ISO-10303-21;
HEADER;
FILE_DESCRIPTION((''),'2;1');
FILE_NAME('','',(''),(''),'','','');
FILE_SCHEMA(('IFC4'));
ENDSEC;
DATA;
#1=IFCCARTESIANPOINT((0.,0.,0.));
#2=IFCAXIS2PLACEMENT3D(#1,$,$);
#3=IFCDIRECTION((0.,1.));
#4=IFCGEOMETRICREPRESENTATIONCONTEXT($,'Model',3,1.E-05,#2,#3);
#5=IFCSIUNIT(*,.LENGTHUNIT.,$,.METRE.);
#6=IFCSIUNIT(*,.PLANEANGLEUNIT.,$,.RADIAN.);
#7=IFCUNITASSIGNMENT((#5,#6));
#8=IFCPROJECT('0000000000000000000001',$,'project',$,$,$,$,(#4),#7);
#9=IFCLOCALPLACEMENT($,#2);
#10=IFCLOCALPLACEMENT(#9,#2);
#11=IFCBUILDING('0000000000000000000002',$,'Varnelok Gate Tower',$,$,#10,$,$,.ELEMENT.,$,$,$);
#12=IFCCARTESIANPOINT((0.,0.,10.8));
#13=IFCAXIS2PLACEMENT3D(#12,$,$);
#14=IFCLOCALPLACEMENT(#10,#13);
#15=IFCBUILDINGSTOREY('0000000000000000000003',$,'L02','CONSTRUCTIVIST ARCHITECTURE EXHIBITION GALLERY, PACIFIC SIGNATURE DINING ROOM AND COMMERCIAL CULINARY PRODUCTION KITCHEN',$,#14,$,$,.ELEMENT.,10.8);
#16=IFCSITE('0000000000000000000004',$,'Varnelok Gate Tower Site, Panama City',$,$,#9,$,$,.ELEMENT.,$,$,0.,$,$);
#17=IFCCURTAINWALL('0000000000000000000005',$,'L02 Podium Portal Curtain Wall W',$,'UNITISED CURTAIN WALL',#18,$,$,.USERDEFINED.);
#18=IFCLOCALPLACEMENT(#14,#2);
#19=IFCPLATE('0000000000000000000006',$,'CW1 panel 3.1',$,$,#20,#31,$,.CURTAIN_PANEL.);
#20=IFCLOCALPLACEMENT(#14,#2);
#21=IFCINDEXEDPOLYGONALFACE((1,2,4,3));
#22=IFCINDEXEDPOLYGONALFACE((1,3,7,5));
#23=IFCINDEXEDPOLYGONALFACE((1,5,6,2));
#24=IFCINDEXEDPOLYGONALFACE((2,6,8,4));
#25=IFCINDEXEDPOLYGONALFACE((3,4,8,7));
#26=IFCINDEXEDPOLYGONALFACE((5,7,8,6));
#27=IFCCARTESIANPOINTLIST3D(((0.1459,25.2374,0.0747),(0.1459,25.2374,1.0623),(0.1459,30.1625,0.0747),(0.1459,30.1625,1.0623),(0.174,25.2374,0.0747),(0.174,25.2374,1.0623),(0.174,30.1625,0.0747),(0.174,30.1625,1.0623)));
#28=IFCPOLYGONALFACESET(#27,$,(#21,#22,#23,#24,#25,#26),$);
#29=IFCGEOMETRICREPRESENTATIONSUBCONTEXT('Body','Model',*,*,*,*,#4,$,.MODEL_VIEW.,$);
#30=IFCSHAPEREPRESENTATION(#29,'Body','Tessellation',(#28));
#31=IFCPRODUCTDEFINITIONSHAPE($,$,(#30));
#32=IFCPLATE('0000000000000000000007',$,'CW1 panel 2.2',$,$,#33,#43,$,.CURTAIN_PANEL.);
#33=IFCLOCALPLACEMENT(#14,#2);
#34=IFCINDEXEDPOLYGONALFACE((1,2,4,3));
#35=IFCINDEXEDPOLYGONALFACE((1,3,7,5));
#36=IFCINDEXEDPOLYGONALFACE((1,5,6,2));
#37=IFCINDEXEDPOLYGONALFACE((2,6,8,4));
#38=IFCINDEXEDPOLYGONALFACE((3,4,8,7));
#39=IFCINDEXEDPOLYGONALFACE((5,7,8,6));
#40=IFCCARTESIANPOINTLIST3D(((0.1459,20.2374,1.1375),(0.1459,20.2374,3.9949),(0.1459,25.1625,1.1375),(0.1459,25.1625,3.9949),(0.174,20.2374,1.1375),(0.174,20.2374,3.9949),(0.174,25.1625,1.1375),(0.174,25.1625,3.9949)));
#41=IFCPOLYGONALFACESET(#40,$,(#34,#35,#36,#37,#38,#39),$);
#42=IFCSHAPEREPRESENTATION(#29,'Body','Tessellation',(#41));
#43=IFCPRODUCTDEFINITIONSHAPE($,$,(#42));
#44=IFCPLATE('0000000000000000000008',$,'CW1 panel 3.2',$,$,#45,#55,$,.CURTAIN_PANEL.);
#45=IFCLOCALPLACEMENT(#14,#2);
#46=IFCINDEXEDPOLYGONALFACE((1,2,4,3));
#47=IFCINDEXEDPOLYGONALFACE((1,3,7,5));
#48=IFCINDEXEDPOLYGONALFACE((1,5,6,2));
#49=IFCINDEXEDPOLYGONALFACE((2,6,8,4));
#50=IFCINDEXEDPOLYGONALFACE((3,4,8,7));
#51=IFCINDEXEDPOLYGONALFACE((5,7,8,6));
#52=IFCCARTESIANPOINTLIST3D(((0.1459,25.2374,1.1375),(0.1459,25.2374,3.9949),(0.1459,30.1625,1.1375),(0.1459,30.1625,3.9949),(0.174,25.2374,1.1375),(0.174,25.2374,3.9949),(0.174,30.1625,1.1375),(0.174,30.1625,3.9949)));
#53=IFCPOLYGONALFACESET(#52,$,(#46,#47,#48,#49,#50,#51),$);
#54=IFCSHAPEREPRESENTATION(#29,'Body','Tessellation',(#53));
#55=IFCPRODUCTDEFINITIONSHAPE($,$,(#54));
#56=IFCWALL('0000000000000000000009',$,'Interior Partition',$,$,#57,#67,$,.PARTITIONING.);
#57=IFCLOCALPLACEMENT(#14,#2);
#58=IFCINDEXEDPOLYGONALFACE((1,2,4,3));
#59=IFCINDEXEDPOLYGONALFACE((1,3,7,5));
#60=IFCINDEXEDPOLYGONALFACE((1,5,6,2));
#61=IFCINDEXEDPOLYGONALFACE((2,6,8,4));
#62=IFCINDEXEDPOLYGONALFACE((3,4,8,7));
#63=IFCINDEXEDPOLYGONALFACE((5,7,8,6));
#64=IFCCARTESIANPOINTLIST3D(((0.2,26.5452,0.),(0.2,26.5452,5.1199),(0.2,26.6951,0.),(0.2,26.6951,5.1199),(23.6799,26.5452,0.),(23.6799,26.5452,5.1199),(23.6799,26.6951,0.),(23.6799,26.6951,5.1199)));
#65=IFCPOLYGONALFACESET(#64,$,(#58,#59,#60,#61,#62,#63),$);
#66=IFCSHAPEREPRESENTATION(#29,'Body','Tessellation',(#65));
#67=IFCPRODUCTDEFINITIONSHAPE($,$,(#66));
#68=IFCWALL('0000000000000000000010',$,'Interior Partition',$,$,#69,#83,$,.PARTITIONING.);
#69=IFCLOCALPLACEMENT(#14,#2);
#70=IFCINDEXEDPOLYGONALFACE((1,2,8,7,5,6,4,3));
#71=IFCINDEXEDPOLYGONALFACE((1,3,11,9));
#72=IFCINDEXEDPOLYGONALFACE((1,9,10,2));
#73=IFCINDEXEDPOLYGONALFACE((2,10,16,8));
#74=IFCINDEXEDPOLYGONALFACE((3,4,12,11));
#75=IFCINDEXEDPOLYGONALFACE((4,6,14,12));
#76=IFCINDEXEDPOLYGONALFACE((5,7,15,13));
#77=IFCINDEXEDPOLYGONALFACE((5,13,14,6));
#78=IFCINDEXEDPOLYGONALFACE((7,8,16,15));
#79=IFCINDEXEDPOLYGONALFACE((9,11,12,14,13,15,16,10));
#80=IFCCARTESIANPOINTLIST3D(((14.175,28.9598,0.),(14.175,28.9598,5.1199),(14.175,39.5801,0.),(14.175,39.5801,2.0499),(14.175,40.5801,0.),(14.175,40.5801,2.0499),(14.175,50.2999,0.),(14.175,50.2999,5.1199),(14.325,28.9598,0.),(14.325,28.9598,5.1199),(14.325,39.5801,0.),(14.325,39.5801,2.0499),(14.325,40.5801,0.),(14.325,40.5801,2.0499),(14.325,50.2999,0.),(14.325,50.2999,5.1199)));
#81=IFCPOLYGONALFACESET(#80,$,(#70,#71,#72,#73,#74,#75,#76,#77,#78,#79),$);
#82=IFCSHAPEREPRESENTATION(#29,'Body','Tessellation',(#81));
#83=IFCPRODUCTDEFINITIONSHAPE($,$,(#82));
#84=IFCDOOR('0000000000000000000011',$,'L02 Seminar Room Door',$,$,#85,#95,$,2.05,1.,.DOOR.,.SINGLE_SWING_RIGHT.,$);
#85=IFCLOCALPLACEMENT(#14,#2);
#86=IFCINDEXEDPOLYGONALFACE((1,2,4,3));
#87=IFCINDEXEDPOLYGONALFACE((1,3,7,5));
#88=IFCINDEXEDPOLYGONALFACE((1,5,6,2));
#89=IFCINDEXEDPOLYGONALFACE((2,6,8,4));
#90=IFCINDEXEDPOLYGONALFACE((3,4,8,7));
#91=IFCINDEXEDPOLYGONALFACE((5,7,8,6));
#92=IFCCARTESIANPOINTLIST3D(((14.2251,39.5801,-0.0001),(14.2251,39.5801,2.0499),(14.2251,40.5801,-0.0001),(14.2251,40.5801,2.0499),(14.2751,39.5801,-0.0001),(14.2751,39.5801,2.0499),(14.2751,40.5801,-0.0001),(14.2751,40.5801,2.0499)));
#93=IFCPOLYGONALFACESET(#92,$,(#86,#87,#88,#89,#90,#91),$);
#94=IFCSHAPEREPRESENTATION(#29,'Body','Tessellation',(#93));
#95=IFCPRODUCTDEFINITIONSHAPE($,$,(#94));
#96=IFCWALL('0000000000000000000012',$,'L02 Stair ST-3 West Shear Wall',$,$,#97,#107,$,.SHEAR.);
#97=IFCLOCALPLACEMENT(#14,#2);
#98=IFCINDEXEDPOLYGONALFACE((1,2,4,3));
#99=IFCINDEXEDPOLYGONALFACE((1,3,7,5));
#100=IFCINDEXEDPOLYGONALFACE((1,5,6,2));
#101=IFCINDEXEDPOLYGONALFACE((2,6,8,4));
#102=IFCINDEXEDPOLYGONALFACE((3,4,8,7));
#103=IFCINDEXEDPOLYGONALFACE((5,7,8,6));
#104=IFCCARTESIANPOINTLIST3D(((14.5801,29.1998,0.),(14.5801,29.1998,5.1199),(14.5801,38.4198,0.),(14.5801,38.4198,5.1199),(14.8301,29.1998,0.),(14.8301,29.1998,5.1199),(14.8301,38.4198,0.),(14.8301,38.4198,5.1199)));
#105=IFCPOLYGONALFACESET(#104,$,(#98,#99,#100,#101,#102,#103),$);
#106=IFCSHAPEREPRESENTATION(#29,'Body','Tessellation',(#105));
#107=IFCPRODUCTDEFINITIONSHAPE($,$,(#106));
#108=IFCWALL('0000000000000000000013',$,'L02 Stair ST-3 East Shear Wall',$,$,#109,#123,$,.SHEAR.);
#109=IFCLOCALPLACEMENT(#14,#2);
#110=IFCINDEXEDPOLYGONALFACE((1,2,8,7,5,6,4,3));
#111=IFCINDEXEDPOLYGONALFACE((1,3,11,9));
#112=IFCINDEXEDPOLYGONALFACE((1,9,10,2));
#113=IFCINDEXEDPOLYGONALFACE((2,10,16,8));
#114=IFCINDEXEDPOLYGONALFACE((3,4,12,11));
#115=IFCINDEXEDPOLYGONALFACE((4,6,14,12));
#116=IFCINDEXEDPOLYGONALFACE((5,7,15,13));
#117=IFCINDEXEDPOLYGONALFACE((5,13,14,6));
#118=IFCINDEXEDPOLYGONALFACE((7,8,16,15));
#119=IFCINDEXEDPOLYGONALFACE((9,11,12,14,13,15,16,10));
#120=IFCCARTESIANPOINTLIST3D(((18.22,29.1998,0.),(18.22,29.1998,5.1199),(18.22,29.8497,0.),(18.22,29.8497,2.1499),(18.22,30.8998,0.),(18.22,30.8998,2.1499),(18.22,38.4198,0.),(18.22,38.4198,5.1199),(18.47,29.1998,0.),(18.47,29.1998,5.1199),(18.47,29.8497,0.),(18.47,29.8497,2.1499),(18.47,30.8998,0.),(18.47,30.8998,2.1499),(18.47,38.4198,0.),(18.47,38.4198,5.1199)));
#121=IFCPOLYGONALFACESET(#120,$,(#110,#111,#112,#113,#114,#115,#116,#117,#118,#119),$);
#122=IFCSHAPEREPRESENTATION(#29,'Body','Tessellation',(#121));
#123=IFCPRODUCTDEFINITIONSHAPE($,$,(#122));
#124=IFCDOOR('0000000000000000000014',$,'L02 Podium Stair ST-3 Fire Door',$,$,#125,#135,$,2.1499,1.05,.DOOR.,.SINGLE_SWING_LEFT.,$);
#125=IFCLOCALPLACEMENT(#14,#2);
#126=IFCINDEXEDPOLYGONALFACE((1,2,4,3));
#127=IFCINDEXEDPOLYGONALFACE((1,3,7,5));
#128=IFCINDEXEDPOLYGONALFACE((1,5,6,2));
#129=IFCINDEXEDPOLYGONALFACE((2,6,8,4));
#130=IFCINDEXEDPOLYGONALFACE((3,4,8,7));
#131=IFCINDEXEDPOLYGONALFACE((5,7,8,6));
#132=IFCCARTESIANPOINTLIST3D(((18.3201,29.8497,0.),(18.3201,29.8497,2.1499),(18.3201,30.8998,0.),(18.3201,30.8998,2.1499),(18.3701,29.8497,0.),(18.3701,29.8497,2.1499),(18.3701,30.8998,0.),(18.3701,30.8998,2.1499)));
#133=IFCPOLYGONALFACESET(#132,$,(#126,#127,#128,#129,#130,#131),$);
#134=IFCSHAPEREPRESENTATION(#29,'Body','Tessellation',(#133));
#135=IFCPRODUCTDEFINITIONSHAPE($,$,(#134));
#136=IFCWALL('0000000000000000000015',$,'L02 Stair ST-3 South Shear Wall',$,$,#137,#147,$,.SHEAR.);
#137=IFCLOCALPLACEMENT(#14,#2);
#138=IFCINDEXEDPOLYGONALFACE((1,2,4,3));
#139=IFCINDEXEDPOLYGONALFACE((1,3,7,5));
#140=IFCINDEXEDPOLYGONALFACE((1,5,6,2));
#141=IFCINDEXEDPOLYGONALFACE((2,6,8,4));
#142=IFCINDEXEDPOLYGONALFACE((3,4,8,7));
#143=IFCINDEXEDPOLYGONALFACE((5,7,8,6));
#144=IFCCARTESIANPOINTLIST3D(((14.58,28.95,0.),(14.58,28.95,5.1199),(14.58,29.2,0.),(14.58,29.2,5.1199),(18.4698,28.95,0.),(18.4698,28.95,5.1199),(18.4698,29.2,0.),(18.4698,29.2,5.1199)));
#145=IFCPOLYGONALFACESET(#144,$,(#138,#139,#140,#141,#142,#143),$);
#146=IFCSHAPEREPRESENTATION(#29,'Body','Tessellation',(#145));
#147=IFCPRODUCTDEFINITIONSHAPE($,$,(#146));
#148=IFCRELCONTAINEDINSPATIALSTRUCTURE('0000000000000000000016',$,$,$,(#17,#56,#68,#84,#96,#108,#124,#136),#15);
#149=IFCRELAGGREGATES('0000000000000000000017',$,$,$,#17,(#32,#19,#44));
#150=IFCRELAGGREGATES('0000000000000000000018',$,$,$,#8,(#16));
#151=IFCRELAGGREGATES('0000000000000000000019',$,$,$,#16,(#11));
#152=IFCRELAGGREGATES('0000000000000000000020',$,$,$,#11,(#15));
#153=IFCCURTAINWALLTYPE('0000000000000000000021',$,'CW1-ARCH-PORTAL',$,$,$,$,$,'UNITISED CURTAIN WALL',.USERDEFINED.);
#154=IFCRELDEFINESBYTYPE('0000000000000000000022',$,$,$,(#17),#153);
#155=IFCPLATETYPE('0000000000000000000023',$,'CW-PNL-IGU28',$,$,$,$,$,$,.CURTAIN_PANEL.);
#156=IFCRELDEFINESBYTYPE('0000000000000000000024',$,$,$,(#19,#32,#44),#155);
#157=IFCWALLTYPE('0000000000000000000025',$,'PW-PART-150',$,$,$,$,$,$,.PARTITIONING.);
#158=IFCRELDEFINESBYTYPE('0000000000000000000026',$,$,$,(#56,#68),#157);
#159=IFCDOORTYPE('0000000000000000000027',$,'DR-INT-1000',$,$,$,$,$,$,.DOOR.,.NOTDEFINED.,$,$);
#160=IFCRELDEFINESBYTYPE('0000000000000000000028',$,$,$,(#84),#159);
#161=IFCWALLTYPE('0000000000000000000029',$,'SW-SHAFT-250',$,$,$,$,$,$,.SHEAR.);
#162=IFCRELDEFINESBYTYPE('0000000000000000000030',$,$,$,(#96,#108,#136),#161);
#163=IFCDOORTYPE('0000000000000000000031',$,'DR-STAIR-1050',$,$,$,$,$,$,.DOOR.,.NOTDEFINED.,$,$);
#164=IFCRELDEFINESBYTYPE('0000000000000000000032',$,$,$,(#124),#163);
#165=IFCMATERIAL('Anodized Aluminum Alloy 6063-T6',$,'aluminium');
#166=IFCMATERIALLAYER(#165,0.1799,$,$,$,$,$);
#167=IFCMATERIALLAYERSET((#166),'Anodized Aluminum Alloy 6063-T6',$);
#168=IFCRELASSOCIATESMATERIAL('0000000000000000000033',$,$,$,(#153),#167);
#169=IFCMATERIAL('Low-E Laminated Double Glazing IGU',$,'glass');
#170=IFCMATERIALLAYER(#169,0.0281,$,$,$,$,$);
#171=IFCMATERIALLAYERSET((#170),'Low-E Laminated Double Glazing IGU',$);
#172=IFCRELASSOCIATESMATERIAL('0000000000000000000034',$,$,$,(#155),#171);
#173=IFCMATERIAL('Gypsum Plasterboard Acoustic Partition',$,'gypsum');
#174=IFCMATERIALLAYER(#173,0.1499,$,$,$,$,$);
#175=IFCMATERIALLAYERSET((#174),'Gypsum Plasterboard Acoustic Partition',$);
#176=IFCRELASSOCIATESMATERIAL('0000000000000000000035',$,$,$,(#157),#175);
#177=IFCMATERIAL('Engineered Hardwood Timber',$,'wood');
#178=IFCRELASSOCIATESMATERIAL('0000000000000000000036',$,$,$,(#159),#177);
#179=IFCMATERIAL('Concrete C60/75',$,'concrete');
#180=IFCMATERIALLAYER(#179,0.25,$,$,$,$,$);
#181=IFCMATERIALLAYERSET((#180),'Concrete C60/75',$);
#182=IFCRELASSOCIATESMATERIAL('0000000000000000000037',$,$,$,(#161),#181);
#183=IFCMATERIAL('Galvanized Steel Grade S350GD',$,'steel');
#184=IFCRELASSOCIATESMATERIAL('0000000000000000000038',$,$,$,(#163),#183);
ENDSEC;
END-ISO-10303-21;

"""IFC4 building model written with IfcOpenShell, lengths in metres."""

from ifc_helpers import new_model, si_unit, direction, frame, frame_2d, origin, origin_2d, place, context, subcontext, project, spatial, rectangle, extrude, source, transform, mapped, material, layer, layer_set, type_object, element, fill, aggregate, save


model = new_model("IFC4")

# Units and contexts
model_context = context("Model", 3, precision=1e-05, world=origin(), true_north=direction((0.0, 1.0)))
body_context = subcontext(model_context, "Body", "Model", "MODEL_VIEW")
ifc_project = project(units=[si_unit("LENGTHUNIT", "METRE"), si_unit("PLANEANGLEUNIT", "RADIAN")], contexts=[model_context])

# Site, building, storey
site_placement = place(None, origin())
site = spatial("IfcSite", under=ifc_project, at=site_placement, Name="Varnelok Gate Tower Site, Panama City", CompositionType="ELEMENT", RefElevation=0.0)
building_placement = place(site_placement, origin())
building = spatial("IfcBuilding", under=site, at=building_placement, Name="Varnelok Gate Tower", CompositionType="ELEMENT")
storey_placement = place(building_placement, frame((0.0, 0.0, 10.8)))
storey = spatial("IfcBuildingStorey", under=building, at=storey_placement, Name="L02", Description="CONSTRUCTIVIST ARCHITECTURE EXHIBITION GALLERY, PACIFIC SIGNATURE DINING ROOM AND COMMERCIAL CULINARY PRODUCTION KITCHEN", CompositionType="ELEMENT", Elevation=10.8)

# Curtain wall, plates
ifc_material_1 = material(Name="Anodized Aluminum Alloy 6063-T6", Category="aluminium")
ifc_layer_1 = layer(ifc_material_1, 0.1799)
ifc_layer_set_1 = layer_set([ifc_layer_1], Name="Anodized Aluminum Alloy 6063-T6")
curtain_wall_type = type_object("IfcCurtainWallType", Name="CW1-ARCH-PORTAL", ElementType="UNITISED CURTAIN WALL", PredefinedType="USERDEFINED", material=ifc_layer_set_1)
curtain_wall_placement = place(storey_placement, origin())
curtain_wall = element("IfcCurtainWall", 1, at=curtain_wall_placement, inside=storey, type_object=curtain_wall_type, Name="L02 Podium Portal Curtain Wall W", ObjectType="UNITISED CURTAIN WALL", PredefinedType="USERDEFINED")
ifc_material_2 = material(Name="Low-E Laminated Double Glazing IGU", Category="glass")
ifc_layer_2 = layer(ifc_material_2, 0.0281)
ifc_layer_set_2 = layer_set([ifc_layer_2], Name="Low-E Laminated Double Glazing IGU")
plate_type = type_object("IfcPlateType", Name="CW-PNL-IGU28", PredefinedType="CURTAIN_PANEL", material=ifc_layer_set_2)
shared_shape_1 = source(origin(), body_context, "Body", "SweptSolid", [
    extrude(rectangle(XDim=4.925, YDim=0.0281, at=origin_2d()), origin(), (0.0, 0.0, 1.0), 0.9875),
])
plate_1_placement = place(storey_placement, frame((0.1599, 27.7, 0.0747), z_axis=(0.0, 0.0, 1.0), x_axis=(0.0, 1.0, 0.0)))
plate_1 = element("IfcPlate", 2, at=plate_1_placement, type_object=plate_type, Name="CW1 panel 3.1", PredefinedType="CURTAIN_PANEL", context=body_context, shape_type="MappedRepresentation", body=[
    mapped(shared_shape_1, transform((0.0, 0.0, 0.0), scale=1.0)),
])
shared_shape_2 = source(origin(), body_context, "Body", "SweptSolid", [
    extrude(rectangle(XDim=4.925, YDim=0.0281, at=origin_2d()), origin(), (0.0, 0.0, 1.0), 2.8574),
])
plate_2_placement = place(storey_placement, frame((0.1599, 22.7, 1.1375), z_axis=(0.0, 0.0, 1.0), x_axis=(0.0, 1.0, 0.0)))
plate_2 = element("IfcPlate", 3, at=plate_2_placement, type_object=plate_type, Name="CW1 panel 2.2", PredefinedType="CURTAIN_PANEL", context=body_context, shape_type="MappedRepresentation", body=[
    mapped(shared_shape_2, transform((0.0, 0.0, 0.0), scale=1.0)),
])
plate_3_placement = place(storey_placement, frame((0.1599, 27.7, 1.1375), z_axis=(0.0, 0.0, 1.0), x_axis=(0.0, 1.0, 0.0)))
plate_3 = element("IfcPlate", 4, at=plate_3_placement, type_object=plate_type, Name="CW1 panel 3.2", PredefinedType="CURTAIN_PANEL", context=body_context, shape_type="MappedRepresentation", body=[
    mapped(shared_shape_2, transform((0.0, 0.0, 0.0), scale=1.0)),
])
aggregate(curtain_wall, [plate_2, plate_1, plate_3])

# Wall
ifc_material_3 = material(Name="Gypsum Plasterboard Acoustic Partition", Category="gypsum")
ifc_layer_3 = layer(ifc_material_3, 0.1499)
ifc_layer_set_3 = layer_set([ifc_layer_3], Name="Gypsum Plasterboard Acoustic Partition")
wall_type_1 = type_object("IfcWallType", Name="PW-PART-150", PredefinedType="PARTITIONING", material=ifc_layer_set_3)
wall_1_placement = place(storey_placement, frame((0.2, 26.6201, 0.0), z_axis=(0.0, 0.0, 1.0), x_axis=(1.0, 0.0, 0.0)))
element("IfcWall", 5, at=wall_1_placement, inside=storey, type_object=wall_type_1, Name="Interior Partition", PredefinedType="PARTITIONING", context=body_context, shape_type="SweptSolid", body=[
    extrude(rectangle(XDim=23.48, YDim=0.1499, at=frame_2d((11.74, 0.0))), origin(), (0.0, 0.0, 1.0), 5.1199),
])

# Wall, opening, door
wall_2_placement = place(storey_placement, frame((14.25, 28.96, 0.0), z_axis=(0.0, 0.0, 1.0), x_axis=(0.0, 1.0, 0.0)))
wall_2 = element("IfcWall", 6, at=wall_2_placement, inside=storey, type_object=wall_type_1, Name="Interior Partition", PredefinedType="PARTITIONING", context=body_context, shape_type="SweptSolid", body=[
    extrude(rectangle(XDim=21.3401, YDim=0.1499, at=frame_2d((10.6699, 0.0))), origin(), (0.0, 0.0, 1.0), 5.1199),
])
opening_1_placement = place(wall_2_placement, frame((10.6201, 0.0, 0.0)))
opening_1 = element("IfcOpeningElement", 7, at=opening_1_placement, cuts=wall_2, PredefinedType="OPENING", context=body_context, shape_type="SweptSolid", body=[
    extrude(rectangle(XDim=1.0, YDim=2.05, at=frame_2d((0.5, 1.0249))), frame((0.0, 0.085, 0.0), z_axis=(0.0, -1.0, 0.0), x_axis=(1.0, 0.0, 0.0)), (0.0, 0.0, 1.0), 0.1699),
])
ifc_material_4 = material(Name="Engineered Hardwood Timber", Category="wood")
door_type_1 = type_object("IfcDoorType", Name="DR-INT-1000", OperationType="NOTDEFINED", PredefinedType="DOOR", material=ifc_material_4)
door_1_placement = place(opening_1_placement, origin())
door_1 = element("IfcDoor", 8, at=door_1_placement, inside=storey, type_object=door_type_1, Name="L02 Seminar Room Door", OperationType="SINGLE_SWING_RIGHT", OverallHeight=2.05, OverallWidth=1.0, PredefinedType="DOOR", context=body_context, shape_type="SweptSolid", body=[
    extrude(rectangle(XDim=1.0, YDim=2.05, at=frame_2d((0.5, 1.0249))), frame((0.0, 0.0249, 0.0), z_axis=(0.0, -1.0, 0.0), x_axis=(1.0, 0.0, 0.0)), (0.0, 0.0, 1.0), 0.05),
])
fill(opening_1, door_1)

# Wall
ifc_material_5 = material(Name="Concrete C60/75", Category="concrete")
ifc_layer_4 = layer(ifc_material_5, 0.25)
ifc_layer_set_4 = layer_set([ifc_layer_4], Name="Concrete C60/75")
wall_type_2 = type_object("IfcWallType", Name="SW-SHAFT-250", PredefinedType="SHEAR", material=ifc_layer_set_4)
wall_3_placement = place(storey_placement, frame((14.7051, 29.2, 0.0), z_axis=(0.0, 0.0, 1.0), x_axis=(0.0, 1.0, 0.0)))
element("IfcWall", 9, at=wall_3_placement, inside=storey, type_object=wall_type_2, Name="L02 Stair ST-3 West Shear Wall", PredefinedType="SHEAR", context=body_context, shape_type="SweptSolid", body=[
    extrude(rectangle(XDim=9.22, YDim=0.25, at=frame_2d((4.6099, 0.0))), origin(), (0.0, 0.0, 1.0), 5.1199),
])

# Wall, opening, door
wall_4_placement = place(storey_placement, frame((18.345, 29.2, 0.0), z_axis=(0.0, 0.0, 1.0), x_axis=(0.0, 1.0, 0.0)))
wall_4 = element("IfcWall", 10, at=wall_4_placement, inside=storey, type_object=wall_type_2, Name="L02 Stair ST-3 East Shear Wall", PredefinedType="SHEAR", context=body_context, shape_type="SweptSolid", body=[
    extrude(rectangle(XDim=9.22, YDim=0.25, at=frame_2d((4.6099, 0.0))), origin(), (0.0, 0.0, 1.0), 5.1199),
])
opening_2_placement = place(wall_4_placement, frame((0.6499, 0.0, 0.0)))
opening_2 = element("IfcOpeningElement", 11, at=opening_2_placement, cuts=wall_4, PredefinedType="OPENING", context=body_context, shape_type="SweptSolid", body=[
    extrude(rectangle(XDim=1.05, YDim=2.1499, at=frame_2d((0.5249, 1.075))), frame((0.0, 0.135, 0.0), z_axis=(0.0, -1.0, 0.0), x_axis=(1.0, 0.0, 0.0)), (0.0, 0.0, 1.0), 0.27),
])
ifc_material_6 = material(Name="Galvanized Steel Grade S350GD", Category="steel")
door_type_2 = type_object("IfcDoorType", Name="DR-STAIR-1050", OperationType="NOTDEFINED", PredefinedType="DOOR", material=ifc_material_6)
door_2_placement = place(opening_2_placement, origin())
door_2 = element("IfcDoor", 12, at=door_2_placement, inside=storey, type_object=door_type_2, Name="L02 Podium Stair ST-3 Fire Door", OperationType="SINGLE_SWING_LEFT", OverallHeight=2.1499, OverallWidth=1.05, PredefinedType="DOOR", context=body_context, shape_type="SweptSolid", body=[
    extrude(rectangle(XDim=1.05, YDim=2.1499, at=frame_2d((0.5249, 1.075))), frame((0.0, 0.0249, 0.0), z_axis=(0.0, -1.0, 0.0), x_axis=(1.0, 0.0, 0.0)), (0.0, 0.0, 1.0), 0.05),
])
fill(opening_2, door_2)

# Wall
wall_5_placement = place(storey_placement, frame((14.5801, 29.075, 0.0), z_axis=(0.0, 0.0, 1.0), x_axis=(1.0, 0.0, 0.0)))
element("IfcWall", 13, at=wall_5_placement, inside=storey, type_object=wall_type_2, Name="L02 Stair ST-3 South Shear Wall", PredefinedType="SHEAR", context=body_context, shape_type="SweptSolid", body=[
    extrude(rectangle(XDim=3.8899, YDim=0.25, at=frame_2d((1.9448, 0.0))), origin(), (0.0, 0.0, 1.0), 5.1199),
])

save(model, "model.ifc")
